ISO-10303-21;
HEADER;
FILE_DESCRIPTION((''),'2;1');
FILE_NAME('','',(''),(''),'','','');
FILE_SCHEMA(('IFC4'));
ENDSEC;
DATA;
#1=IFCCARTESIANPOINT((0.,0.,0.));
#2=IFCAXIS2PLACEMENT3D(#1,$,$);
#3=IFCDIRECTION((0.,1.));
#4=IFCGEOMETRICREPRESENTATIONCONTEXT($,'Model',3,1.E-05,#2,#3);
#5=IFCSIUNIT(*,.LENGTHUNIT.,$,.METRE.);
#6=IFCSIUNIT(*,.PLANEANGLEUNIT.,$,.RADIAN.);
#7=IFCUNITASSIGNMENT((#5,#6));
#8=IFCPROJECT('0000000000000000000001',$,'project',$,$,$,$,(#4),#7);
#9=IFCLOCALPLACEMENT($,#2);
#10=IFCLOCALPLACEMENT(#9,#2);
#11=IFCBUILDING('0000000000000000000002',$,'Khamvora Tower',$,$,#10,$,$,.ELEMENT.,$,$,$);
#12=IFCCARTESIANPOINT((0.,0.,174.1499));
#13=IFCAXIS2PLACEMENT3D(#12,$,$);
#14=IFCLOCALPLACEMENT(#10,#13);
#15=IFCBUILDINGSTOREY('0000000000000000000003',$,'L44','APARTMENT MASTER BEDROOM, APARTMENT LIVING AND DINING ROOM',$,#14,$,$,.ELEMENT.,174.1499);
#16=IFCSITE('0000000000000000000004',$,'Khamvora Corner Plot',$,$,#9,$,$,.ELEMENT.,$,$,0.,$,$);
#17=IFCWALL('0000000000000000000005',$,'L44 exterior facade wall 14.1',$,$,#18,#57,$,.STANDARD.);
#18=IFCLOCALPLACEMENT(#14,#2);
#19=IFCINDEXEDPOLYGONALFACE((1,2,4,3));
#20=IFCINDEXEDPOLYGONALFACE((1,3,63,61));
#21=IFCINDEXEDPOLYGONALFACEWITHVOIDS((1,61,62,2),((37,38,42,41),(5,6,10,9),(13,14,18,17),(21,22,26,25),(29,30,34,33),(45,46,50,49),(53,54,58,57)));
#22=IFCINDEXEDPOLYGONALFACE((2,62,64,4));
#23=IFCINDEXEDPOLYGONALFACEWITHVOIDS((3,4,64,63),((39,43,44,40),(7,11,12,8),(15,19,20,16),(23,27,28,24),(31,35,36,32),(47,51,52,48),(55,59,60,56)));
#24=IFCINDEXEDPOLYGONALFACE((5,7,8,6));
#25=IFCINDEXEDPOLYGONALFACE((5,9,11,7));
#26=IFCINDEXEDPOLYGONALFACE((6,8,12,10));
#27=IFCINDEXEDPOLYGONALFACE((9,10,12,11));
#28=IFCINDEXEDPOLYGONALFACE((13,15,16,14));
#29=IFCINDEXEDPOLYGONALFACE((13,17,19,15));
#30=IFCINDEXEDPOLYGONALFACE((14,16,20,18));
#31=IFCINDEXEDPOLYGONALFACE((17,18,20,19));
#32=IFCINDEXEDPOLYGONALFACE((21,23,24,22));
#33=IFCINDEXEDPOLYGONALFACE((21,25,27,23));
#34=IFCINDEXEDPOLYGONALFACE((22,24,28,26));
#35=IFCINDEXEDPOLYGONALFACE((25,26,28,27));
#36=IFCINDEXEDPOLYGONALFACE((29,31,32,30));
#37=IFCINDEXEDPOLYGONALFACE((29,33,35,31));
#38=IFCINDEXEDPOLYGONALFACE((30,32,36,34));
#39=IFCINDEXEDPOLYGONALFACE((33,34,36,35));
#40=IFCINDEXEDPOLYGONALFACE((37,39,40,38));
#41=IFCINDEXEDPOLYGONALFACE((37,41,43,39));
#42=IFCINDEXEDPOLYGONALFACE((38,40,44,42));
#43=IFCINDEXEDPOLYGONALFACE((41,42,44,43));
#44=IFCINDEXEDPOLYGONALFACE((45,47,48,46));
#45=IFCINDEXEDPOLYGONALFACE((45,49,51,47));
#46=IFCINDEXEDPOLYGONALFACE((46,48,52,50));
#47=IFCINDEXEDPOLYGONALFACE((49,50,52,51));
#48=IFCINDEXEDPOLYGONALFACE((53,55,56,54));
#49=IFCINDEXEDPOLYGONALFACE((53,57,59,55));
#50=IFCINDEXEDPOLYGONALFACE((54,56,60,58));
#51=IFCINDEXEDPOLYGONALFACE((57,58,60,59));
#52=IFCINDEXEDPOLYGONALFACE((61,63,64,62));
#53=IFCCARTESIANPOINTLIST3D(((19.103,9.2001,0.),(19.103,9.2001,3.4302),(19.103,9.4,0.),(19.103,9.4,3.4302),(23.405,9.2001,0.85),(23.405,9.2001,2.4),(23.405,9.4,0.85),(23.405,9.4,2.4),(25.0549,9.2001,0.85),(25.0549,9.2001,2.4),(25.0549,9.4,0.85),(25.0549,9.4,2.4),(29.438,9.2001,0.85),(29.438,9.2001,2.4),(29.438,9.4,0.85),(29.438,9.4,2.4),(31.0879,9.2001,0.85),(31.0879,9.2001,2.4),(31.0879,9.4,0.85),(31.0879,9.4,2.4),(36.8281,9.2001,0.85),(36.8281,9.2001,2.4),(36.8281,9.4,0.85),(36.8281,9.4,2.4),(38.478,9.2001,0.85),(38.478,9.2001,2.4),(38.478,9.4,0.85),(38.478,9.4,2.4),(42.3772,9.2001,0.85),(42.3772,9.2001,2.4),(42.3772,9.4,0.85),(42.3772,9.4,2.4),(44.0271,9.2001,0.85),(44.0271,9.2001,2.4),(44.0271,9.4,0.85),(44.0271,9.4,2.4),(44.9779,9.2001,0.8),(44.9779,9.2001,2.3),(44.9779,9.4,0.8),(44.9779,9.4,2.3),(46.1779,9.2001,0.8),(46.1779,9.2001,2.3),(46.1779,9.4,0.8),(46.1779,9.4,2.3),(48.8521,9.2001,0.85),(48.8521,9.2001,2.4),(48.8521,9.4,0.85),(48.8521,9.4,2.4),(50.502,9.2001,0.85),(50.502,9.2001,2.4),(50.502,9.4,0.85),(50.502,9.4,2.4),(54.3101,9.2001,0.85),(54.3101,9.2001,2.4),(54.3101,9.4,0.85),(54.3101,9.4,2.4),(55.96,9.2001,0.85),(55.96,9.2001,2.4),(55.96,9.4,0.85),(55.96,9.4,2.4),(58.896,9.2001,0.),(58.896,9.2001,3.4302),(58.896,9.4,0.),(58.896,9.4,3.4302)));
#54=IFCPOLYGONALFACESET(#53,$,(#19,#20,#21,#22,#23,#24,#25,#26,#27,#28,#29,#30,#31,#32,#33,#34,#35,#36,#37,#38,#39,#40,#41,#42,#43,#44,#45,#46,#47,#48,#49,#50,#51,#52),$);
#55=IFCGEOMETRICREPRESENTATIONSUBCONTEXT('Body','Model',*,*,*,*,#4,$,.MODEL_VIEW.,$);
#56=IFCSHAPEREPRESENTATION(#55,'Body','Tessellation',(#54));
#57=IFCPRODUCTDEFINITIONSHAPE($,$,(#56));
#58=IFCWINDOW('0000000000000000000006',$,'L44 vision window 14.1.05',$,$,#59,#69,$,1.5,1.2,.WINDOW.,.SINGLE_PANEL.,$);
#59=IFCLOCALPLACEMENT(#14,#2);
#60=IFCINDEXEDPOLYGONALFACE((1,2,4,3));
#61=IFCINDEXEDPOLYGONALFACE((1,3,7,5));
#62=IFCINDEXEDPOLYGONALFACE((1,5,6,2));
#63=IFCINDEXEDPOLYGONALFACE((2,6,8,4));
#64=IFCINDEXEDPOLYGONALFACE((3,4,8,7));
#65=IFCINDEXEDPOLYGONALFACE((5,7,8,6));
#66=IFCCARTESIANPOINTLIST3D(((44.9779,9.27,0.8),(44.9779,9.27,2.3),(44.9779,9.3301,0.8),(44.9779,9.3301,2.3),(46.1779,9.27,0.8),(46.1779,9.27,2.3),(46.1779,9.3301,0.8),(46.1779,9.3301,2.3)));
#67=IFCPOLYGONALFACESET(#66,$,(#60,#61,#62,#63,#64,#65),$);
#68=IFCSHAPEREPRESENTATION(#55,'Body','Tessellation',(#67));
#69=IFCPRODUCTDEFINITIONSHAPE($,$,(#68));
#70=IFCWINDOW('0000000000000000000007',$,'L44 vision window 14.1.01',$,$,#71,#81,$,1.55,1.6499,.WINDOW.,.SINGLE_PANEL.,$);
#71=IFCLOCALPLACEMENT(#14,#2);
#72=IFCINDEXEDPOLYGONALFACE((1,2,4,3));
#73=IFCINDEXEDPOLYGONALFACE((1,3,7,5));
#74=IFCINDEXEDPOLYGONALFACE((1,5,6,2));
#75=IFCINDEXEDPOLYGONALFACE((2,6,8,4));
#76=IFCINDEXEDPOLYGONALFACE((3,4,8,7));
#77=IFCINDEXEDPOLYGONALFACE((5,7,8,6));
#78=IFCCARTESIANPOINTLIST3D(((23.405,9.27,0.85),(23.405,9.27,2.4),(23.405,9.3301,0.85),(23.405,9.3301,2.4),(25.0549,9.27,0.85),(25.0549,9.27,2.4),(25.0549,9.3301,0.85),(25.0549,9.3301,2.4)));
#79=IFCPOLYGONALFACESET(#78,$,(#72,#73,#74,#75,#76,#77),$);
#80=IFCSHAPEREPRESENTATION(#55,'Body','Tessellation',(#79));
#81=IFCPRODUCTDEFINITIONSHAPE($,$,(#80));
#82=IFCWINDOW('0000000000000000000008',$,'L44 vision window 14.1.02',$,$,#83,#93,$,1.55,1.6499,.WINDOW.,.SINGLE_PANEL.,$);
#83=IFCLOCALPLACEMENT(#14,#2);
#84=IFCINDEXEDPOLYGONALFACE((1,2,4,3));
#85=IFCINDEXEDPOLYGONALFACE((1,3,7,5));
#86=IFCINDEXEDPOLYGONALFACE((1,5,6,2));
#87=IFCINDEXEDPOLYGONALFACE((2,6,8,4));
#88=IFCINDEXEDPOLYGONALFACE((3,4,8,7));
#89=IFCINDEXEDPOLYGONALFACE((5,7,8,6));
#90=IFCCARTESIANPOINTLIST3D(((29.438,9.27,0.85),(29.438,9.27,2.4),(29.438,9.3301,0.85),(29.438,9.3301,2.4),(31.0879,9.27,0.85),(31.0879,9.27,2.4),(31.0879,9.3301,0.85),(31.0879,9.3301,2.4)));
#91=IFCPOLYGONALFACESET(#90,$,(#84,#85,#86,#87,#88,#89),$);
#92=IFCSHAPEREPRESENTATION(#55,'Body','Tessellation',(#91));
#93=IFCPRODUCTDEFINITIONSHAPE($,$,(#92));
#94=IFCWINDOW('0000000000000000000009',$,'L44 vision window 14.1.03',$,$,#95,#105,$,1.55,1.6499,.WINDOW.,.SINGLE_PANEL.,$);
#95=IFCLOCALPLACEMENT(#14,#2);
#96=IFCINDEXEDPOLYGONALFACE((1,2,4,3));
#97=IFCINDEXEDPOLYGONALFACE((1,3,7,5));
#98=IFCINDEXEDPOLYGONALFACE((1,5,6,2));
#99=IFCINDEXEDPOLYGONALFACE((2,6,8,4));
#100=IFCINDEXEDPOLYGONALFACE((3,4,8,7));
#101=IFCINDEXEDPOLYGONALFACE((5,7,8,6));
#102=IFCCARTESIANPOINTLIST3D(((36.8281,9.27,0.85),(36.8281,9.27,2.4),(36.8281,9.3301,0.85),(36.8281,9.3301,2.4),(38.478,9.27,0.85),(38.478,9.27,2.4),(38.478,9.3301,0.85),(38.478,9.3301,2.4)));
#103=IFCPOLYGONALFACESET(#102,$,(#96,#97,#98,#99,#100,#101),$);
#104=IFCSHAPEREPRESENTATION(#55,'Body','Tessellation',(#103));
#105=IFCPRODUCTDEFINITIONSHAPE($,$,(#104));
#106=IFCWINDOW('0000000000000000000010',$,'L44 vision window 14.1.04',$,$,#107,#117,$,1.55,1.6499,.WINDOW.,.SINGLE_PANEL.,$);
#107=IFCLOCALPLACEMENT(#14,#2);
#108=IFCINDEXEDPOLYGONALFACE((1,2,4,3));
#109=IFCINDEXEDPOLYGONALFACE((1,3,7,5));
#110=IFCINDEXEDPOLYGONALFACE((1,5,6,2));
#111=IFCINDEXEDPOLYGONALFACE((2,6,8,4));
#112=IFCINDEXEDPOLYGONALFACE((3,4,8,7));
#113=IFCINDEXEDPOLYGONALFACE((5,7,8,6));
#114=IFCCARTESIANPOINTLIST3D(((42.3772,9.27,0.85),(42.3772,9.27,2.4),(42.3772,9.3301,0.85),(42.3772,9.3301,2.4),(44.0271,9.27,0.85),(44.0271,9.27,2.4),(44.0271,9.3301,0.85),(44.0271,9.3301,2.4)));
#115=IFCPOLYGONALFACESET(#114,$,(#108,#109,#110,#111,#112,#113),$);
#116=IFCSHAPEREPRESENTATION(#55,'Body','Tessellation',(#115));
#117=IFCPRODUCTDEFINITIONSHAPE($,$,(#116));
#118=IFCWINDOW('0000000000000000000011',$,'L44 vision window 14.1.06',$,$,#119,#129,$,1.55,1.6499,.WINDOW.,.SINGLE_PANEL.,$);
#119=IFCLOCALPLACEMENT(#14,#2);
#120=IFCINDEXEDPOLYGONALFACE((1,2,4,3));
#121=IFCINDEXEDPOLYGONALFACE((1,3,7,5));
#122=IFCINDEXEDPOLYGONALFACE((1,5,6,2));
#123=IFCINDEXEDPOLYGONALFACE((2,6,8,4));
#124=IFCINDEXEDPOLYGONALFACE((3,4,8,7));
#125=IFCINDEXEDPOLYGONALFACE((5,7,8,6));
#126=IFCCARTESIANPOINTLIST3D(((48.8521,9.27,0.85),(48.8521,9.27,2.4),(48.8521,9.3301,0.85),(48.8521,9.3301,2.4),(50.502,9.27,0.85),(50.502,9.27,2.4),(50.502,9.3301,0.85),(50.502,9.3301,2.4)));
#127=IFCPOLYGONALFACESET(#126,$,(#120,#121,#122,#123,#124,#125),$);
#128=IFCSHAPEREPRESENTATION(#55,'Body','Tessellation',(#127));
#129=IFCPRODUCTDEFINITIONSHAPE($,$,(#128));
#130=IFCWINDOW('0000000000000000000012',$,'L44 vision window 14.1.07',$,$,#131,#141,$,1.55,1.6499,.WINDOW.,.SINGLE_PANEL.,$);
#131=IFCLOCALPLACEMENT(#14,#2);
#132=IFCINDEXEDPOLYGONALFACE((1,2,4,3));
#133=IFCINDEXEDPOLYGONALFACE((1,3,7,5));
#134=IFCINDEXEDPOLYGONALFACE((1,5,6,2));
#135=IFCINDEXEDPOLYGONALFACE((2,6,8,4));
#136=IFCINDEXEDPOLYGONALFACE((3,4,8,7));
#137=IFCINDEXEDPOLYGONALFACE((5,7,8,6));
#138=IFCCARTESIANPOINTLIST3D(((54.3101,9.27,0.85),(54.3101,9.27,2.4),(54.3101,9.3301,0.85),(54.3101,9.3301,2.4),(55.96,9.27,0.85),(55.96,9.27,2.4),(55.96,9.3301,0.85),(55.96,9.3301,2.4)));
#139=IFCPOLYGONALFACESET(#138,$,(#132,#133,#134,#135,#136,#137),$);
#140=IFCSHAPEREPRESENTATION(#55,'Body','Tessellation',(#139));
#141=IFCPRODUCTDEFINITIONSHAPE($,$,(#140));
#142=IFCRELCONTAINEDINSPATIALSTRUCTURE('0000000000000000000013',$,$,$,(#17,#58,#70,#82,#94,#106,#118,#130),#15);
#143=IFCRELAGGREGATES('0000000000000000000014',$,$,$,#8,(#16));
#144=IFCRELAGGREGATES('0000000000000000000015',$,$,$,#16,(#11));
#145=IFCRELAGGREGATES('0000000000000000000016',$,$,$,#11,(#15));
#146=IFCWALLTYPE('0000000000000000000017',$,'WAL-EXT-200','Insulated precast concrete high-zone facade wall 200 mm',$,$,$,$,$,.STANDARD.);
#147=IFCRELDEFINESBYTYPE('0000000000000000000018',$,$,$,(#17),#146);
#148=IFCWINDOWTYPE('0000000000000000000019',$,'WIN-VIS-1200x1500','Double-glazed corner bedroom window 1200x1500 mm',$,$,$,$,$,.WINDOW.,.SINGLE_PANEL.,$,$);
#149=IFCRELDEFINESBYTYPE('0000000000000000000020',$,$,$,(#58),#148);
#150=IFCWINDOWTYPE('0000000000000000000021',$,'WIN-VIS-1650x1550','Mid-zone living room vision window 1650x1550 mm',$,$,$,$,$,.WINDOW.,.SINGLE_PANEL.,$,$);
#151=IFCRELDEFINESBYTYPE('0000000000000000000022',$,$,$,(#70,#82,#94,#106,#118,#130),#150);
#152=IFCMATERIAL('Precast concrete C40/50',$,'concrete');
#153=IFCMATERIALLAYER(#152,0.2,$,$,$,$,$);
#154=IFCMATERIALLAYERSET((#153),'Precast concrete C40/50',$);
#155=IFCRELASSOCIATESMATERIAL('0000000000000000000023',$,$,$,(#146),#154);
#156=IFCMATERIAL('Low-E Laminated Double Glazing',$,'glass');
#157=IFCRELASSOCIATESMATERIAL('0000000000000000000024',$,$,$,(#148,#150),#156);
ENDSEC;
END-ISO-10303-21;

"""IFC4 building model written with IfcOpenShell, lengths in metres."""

from ifc_helpers import new_model, si_unit, direction, frame, frame_2d, origin, place, context, subcontext, project, spatial, rectangle, extrude, material, layer, layer_set, type_object, element, fill, save


model = new_model("IFC4")

# Units and contexts
model_context = context("Model", 3, precision=1e-05, world=origin(), true_north=direction((0.0, 1.0)))
body_context = subcontext(model_context, "Body", "Model", "MODEL_VIEW")
ifc_project = project(units=[si_unit("LENGTHUNIT", "METRE"), si_unit("PLANEANGLEUNIT", "RADIAN")], contexts=[model_context])

# Site, building, storey
site_placement = place(None, origin())
site = spatial("IfcSite", under=ifc_project, at=site_placement, Name="Khamvora Corner Plot", CompositionType="ELEMENT", RefElevation=0.0)
building_placement = place(site_placement, origin())
building = spatial("IfcBuilding", under=site, at=building_placement, Name="Khamvora Tower", CompositionType="ELEMENT")
storey_placement = place(building_placement, frame((0.0, 0.0, 174.1499)))
storey = spatial("IfcBuildingStorey", under=building, at=storey_placement, Name="L44", Description="APARTMENT MASTER BEDROOM, APARTMENT LIVING AND DINING ROOM", CompositionType="ELEMENT", Elevation=174.1499)

# Shared definitions
ifc_material_1 = material(Name="Precast concrete C40/50", Category="concrete")
ifc_layer_1 = layer(ifc_material_1, 0.2)
ifc_layer_set_1 = layer_set([ifc_layer_1], Name="Precast concrete C40/50")
wall_type_1 = type_object("IfcWallType", Name="WAL-EXT-200", Description="Insulated precast concrete high-zone facade wall 200 mm", PredefinedType="STANDARD", material=ifc_layer_set_1)

# Wall, openings, windows
wall_1_placement = place(storey_placement, frame((58.896, 9.3, 0.0), z_axis=(0.0, 0.0, 1.0), x_axis=(-1.0, 0.0, 0.0)))
wall_1 = element("IfcWall", 1, at=wall_1_placement, inside=storey, type_object=wall_type_1, Name="L44 exterior facade wall 14.1", PredefinedType="STANDARD", context=body_context, shape_type="SweptSolid", body=[
    extrude(rectangle(XDim=39.793, YDim=0.2, at=frame_2d((19.8965, 0.0))), origin(), (0.0, 0.0, 1.0), 3.4302),
])
opening_1_placement = place(wall_1_placement, frame((33.8411, 0.0, 0.8501)))
opening_1 = element("IfcOpeningElement", 2, at=opening_1_placement, cuts=wall_1, PredefinedType="OPENING", context=body_context, shape_type="SweptSolid", body=[
    extrude(rectangle(XDim=1.6499, YDim=1.55, at=frame_2d((0.825, 0.7749))), frame((0.0, 0.1099, 0.0), z_axis=(0.0, -1.0, 0.0), x_axis=(1.0, 0.0, 0.0)), (0.0, 0.0, 1.0), 0.22),
])
opening_2_placement = place(wall_1_placement, frame((27.8081, 0.0, 0.8501)))
opening_2 = element("IfcOpeningElement", 3, at=opening_2_placement, cuts=wall_1, PredefinedType="OPENING", context=body_context, shape_type="SweptSolid", body=[
    extrude(rectangle(XDim=1.6499, YDim=1.55, at=frame_2d((0.825, 0.7749))), frame((0.0, 0.1099, 0.0), z_axis=(0.0, -1.0, 0.0), x_axis=(1.0, 0.0, 0.0)), (0.0, 0.0, 1.0), 0.22),
])
opening_3_placement = place(wall_1_placement, frame((20.418, 0.0, 0.8501)))
opening_3 = element("IfcOpeningElement", 4, at=opening_3_placement, cuts=wall_1, PredefinedType="OPENING", context=body_context, shape_type="SweptSolid", body=[
    extrude(rectangle(XDim=1.6499, YDim=1.55, at=frame_2d((0.825, 0.7749))), frame((0.0, 0.1099, 0.0), z_axis=(0.0, -1.0, 0.0), x_axis=(1.0, 0.0, 0.0)), (0.0, 0.0, 1.0), 0.22),
])
opening_4_placement = place(wall_1_placement, frame((14.8689, 0.0, 0.8501)))
opening_4 = element("IfcOpeningElement", 5, at=opening_4_placement, cuts=wall_1, PredefinedType="OPENING", context=body_context, shape_type="SweptSolid", body=[
    extrude(rectangle(XDim=1.6499, YDim=1.55, at=frame_2d((0.825, 0.7749))), frame((0.0, 0.1099, 0.0), z_axis=(0.0, -1.0, 0.0), x_axis=(1.0, 0.0, 0.0)), (0.0, 0.0, 1.0), 0.22),
])
opening_5_placement = place(wall_1_placement, frame((12.718, 0.0, 0.8)))
opening_5 = element("IfcOpeningElement", 6, at=opening_5_placement, cuts=wall_1, PredefinedType="OPENING", context=body_context, shape_type="SweptSolid", body=[
    extrude(rectangle(XDim=1.2, YDim=1.5, at=frame_2d((0.6001, 0.75))), frame((0.0, 0.1099, 0.0), z_axis=(0.0, -1.0, 0.0), x_axis=(1.0, 0.0, 0.0)), (0.0, 0.0, 1.0), 0.22),
])
opening_6_placement = place(wall_1_placement, frame((8.394, 0.0, 0.8501)))
opening_6 = element("IfcOpeningElement", 7, at=opening_6_placement, cuts=wall_1, PredefinedType="OPENING", context=body_context, shape_type="SweptSolid", body=[
    extrude(rectangle(XDim=1.6499, YDim=1.55, at=frame_2d((0.825, 0.7749))), frame((0.0, 0.1099, 0.0), z_axis=(0.0, -1.0, 0.0), x_axis=(1.0, 0.0, 0.0)), (0.0, 0.0, 1.0), 0.22),
])
opening_7_placement = place(wall_1_placement, frame((2.936, 0.0, 0.8501)))
opening_7 = element("IfcOpeningElement", 8, at=opening_7_placement, cuts=wall_1, PredefinedType="OPENING", context=body_context, shape_type="SweptSolid", body=[
    extrude(rectangle(XDim=1.6499, YDim=1.55, at=frame_2d((0.825, 0.7749))), frame((0.0, 0.1099, 0.0), z_axis=(0.0, -1.0, 0.0), x_axis=(1.0, 0.0, 0.0)), (0.0, 0.0, 1.0), 0.22),
])
ifc_material_2 = material(Name="Low-E Laminated Double Glazing", Category="glass")
window_type_1 = type_object("IfcWindowType", Name="WIN-VIS-1200x1500", Description="Double-glazed corner bedroom window 1200x1500 mm", PartitioningType="SINGLE_PANEL", PredefinedType="WINDOW", material=ifc_material_2)
window_1_placement = place(opening_5_placement, origin())
window_1 = element("IfcWindow", 9, at=window_1_placement, inside=storey, type_object=window_type_1, Name="L44 vision window 14.1.05", OverallHeight=1.5, OverallWidth=1.2, PartitioningType="SINGLE_PANEL", PredefinedType="WINDOW", context=body_context, shape_type="SweptSolid", body=[
    extrude(rectangle(XDim=1.2, YDim=1.5, at=frame_2d((0.6001, 0.75))), frame((0.0, 0.03, 0.0), z_axis=(0.0, -1.0, 0.0), x_axis=(1.0, 0.0, 0.0)), (0.0, 0.0, 1.0), 0.0601),
])
fill(opening_5, window_1)
window_type_2 = type_object("IfcWindowType", Name="WIN-VIS-1650x1550", Description="Mid-zone living room vision window 1650x1550 mm", PartitioningType="SINGLE_PANEL", PredefinedType="WINDOW", material=ifc_material_2)
window_2_placement = place(opening_1_placement, origin())
window_2 = element("IfcWindow", 10, at=window_2_placement, inside=storey, type_object=window_type_2, Name="L44 vision window 14.1.01", OverallHeight=1.55, OverallWidth=1.6499, PartitioningType="SINGLE_PANEL", PredefinedType="WINDOW", context=body_context, shape_type="SweptSolid", body=[
    extrude(rectangle(XDim=1.6499, YDim=1.55, at=frame_2d((0.825, 0.7749))), frame((0.0, 0.03, 0.0), z_axis=(0.0, -1.0, 0.0), x_axis=(1.0, 0.0, 0.0)), (0.0, 0.0, 1.0), 0.0601),
])
fill(opening_1, window_2)
window_3_placement = place(opening_2_placement, origin())
window_3 = element("IfcWindow", 11, at=window_3_placement, inside=storey, type_object=window_type_2, Name="L44 vision window 14.1.02", OverallHeight=1.55, OverallWidth=1.6499, PartitioningType="SINGLE_PANEL", PredefinedType="WINDOW", context=body_context, shape_type="SweptSolid", body=[
    extrude(rectangle(XDim=1.6499, YDim=1.55, at=frame_2d((0.825, 0.7749))), frame((0.0, 0.03, 0.0), z_axis=(0.0, -1.0, 0.0), x_axis=(1.0, 0.0, 0.0)), (0.0, 0.0, 1.0), 0.0601),
])
fill(opening_2, window_3)
window_4_placement = place(opening_3_placement, origin())
window_4 = element("IfcWindow", 12, at=window_4_placement, inside=storey, type_object=window_type_2, Name="L44 vision window 14.1.03", OverallHeight=1.55, OverallWidth=1.6499, PartitioningType="SINGLE_PANEL", PredefinedType="WINDOW", context=body_context, shape_type="SweptSolid", body=[
    extrude(rectangle(XDim=1.6499, YDim=1.55, at=frame_2d((0.825, 0.7749))), frame((0.0, 0.03, 0.0), z_axis=(0.0, -1.0, 0.0), x_axis=(1.0, 0.0, 0.0)), (0.0, 0.0, 1.0), 0.0601),
])
fill(opening_3, window_4)
window_5_placement = place(opening_4_placement, origin())
window_5 = element("IfcWindow", 13, at=window_5_placement, inside=storey, type_object=window_type_2, Name="L44 vision window 14.1.04", OverallHeight=1.55, OverallWidth=1.6499, PartitioningType="SINGLE_PANEL", PredefinedType="WINDOW", context=body_context, shape_type="SweptSolid", body=[
    extrude(rectangle(XDim=1.6499, YDim=1.55, at=frame_2d((0.825, 0.7749))), frame((0.0, 0.03, 0.0), z_axis=(0.0, -1.0, 0.0), x_axis=(1.0, 0.0, 0.0)), (0.0, 0.0, 1.0), 0.0601),
])
fill(opening_4, window_5)
window_6_placement = place(opening_6_placement, origin())
window_6 = element("IfcWindow", 14, at=window_6_placement, inside=storey, type_object=window_type_2, Name="L44 vision window 14.1.06", OverallHeight=1.55, OverallWidth=1.6499, PartitioningType="SINGLE_PANEL", PredefinedType="WINDOW", context=body_context, shape_type="SweptSolid", body=[
    extrude(rectangle(XDim=1.6499, YDim=1.55, at=frame_2d((0.825, 0.7749))), frame((0.0, 0.03, 0.0), z_axis=(0.0, -1.0, 0.0), x_axis=(1.0, 0.0, 0.0)), (0.0, 0.0, 1.0), 0.0601),
])
fill(opening_6, window_6)
window_7_placement = place(opening_7_placement, origin())
window_7 = element("IfcWindow", 15, at=window_7_placement, inside=storey, type_object=window_type_2, Name="L44 vision window 14.1.07", OverallHeight=1.55, OverallWidth=1.6499, PartitioningType="SINGLE_PANEL", PredefinedType="WINDOW", context=body_context, shape_type="SweptSolid", body=[
    extrude(rectangle(XDim=1.6499, YDim=1.55, at=frame_2d((0.825, 0.7749))), frame((0.0, 0.03, 0.0), z_axis=(0.0, -1.0, 0.0), x_axis=(1.0, 0.0, 0.0)), (0.0, 0.0, 1.0), 0.0601),
])
fill(opening_7, window_7)

save(model, "model.ifc")
